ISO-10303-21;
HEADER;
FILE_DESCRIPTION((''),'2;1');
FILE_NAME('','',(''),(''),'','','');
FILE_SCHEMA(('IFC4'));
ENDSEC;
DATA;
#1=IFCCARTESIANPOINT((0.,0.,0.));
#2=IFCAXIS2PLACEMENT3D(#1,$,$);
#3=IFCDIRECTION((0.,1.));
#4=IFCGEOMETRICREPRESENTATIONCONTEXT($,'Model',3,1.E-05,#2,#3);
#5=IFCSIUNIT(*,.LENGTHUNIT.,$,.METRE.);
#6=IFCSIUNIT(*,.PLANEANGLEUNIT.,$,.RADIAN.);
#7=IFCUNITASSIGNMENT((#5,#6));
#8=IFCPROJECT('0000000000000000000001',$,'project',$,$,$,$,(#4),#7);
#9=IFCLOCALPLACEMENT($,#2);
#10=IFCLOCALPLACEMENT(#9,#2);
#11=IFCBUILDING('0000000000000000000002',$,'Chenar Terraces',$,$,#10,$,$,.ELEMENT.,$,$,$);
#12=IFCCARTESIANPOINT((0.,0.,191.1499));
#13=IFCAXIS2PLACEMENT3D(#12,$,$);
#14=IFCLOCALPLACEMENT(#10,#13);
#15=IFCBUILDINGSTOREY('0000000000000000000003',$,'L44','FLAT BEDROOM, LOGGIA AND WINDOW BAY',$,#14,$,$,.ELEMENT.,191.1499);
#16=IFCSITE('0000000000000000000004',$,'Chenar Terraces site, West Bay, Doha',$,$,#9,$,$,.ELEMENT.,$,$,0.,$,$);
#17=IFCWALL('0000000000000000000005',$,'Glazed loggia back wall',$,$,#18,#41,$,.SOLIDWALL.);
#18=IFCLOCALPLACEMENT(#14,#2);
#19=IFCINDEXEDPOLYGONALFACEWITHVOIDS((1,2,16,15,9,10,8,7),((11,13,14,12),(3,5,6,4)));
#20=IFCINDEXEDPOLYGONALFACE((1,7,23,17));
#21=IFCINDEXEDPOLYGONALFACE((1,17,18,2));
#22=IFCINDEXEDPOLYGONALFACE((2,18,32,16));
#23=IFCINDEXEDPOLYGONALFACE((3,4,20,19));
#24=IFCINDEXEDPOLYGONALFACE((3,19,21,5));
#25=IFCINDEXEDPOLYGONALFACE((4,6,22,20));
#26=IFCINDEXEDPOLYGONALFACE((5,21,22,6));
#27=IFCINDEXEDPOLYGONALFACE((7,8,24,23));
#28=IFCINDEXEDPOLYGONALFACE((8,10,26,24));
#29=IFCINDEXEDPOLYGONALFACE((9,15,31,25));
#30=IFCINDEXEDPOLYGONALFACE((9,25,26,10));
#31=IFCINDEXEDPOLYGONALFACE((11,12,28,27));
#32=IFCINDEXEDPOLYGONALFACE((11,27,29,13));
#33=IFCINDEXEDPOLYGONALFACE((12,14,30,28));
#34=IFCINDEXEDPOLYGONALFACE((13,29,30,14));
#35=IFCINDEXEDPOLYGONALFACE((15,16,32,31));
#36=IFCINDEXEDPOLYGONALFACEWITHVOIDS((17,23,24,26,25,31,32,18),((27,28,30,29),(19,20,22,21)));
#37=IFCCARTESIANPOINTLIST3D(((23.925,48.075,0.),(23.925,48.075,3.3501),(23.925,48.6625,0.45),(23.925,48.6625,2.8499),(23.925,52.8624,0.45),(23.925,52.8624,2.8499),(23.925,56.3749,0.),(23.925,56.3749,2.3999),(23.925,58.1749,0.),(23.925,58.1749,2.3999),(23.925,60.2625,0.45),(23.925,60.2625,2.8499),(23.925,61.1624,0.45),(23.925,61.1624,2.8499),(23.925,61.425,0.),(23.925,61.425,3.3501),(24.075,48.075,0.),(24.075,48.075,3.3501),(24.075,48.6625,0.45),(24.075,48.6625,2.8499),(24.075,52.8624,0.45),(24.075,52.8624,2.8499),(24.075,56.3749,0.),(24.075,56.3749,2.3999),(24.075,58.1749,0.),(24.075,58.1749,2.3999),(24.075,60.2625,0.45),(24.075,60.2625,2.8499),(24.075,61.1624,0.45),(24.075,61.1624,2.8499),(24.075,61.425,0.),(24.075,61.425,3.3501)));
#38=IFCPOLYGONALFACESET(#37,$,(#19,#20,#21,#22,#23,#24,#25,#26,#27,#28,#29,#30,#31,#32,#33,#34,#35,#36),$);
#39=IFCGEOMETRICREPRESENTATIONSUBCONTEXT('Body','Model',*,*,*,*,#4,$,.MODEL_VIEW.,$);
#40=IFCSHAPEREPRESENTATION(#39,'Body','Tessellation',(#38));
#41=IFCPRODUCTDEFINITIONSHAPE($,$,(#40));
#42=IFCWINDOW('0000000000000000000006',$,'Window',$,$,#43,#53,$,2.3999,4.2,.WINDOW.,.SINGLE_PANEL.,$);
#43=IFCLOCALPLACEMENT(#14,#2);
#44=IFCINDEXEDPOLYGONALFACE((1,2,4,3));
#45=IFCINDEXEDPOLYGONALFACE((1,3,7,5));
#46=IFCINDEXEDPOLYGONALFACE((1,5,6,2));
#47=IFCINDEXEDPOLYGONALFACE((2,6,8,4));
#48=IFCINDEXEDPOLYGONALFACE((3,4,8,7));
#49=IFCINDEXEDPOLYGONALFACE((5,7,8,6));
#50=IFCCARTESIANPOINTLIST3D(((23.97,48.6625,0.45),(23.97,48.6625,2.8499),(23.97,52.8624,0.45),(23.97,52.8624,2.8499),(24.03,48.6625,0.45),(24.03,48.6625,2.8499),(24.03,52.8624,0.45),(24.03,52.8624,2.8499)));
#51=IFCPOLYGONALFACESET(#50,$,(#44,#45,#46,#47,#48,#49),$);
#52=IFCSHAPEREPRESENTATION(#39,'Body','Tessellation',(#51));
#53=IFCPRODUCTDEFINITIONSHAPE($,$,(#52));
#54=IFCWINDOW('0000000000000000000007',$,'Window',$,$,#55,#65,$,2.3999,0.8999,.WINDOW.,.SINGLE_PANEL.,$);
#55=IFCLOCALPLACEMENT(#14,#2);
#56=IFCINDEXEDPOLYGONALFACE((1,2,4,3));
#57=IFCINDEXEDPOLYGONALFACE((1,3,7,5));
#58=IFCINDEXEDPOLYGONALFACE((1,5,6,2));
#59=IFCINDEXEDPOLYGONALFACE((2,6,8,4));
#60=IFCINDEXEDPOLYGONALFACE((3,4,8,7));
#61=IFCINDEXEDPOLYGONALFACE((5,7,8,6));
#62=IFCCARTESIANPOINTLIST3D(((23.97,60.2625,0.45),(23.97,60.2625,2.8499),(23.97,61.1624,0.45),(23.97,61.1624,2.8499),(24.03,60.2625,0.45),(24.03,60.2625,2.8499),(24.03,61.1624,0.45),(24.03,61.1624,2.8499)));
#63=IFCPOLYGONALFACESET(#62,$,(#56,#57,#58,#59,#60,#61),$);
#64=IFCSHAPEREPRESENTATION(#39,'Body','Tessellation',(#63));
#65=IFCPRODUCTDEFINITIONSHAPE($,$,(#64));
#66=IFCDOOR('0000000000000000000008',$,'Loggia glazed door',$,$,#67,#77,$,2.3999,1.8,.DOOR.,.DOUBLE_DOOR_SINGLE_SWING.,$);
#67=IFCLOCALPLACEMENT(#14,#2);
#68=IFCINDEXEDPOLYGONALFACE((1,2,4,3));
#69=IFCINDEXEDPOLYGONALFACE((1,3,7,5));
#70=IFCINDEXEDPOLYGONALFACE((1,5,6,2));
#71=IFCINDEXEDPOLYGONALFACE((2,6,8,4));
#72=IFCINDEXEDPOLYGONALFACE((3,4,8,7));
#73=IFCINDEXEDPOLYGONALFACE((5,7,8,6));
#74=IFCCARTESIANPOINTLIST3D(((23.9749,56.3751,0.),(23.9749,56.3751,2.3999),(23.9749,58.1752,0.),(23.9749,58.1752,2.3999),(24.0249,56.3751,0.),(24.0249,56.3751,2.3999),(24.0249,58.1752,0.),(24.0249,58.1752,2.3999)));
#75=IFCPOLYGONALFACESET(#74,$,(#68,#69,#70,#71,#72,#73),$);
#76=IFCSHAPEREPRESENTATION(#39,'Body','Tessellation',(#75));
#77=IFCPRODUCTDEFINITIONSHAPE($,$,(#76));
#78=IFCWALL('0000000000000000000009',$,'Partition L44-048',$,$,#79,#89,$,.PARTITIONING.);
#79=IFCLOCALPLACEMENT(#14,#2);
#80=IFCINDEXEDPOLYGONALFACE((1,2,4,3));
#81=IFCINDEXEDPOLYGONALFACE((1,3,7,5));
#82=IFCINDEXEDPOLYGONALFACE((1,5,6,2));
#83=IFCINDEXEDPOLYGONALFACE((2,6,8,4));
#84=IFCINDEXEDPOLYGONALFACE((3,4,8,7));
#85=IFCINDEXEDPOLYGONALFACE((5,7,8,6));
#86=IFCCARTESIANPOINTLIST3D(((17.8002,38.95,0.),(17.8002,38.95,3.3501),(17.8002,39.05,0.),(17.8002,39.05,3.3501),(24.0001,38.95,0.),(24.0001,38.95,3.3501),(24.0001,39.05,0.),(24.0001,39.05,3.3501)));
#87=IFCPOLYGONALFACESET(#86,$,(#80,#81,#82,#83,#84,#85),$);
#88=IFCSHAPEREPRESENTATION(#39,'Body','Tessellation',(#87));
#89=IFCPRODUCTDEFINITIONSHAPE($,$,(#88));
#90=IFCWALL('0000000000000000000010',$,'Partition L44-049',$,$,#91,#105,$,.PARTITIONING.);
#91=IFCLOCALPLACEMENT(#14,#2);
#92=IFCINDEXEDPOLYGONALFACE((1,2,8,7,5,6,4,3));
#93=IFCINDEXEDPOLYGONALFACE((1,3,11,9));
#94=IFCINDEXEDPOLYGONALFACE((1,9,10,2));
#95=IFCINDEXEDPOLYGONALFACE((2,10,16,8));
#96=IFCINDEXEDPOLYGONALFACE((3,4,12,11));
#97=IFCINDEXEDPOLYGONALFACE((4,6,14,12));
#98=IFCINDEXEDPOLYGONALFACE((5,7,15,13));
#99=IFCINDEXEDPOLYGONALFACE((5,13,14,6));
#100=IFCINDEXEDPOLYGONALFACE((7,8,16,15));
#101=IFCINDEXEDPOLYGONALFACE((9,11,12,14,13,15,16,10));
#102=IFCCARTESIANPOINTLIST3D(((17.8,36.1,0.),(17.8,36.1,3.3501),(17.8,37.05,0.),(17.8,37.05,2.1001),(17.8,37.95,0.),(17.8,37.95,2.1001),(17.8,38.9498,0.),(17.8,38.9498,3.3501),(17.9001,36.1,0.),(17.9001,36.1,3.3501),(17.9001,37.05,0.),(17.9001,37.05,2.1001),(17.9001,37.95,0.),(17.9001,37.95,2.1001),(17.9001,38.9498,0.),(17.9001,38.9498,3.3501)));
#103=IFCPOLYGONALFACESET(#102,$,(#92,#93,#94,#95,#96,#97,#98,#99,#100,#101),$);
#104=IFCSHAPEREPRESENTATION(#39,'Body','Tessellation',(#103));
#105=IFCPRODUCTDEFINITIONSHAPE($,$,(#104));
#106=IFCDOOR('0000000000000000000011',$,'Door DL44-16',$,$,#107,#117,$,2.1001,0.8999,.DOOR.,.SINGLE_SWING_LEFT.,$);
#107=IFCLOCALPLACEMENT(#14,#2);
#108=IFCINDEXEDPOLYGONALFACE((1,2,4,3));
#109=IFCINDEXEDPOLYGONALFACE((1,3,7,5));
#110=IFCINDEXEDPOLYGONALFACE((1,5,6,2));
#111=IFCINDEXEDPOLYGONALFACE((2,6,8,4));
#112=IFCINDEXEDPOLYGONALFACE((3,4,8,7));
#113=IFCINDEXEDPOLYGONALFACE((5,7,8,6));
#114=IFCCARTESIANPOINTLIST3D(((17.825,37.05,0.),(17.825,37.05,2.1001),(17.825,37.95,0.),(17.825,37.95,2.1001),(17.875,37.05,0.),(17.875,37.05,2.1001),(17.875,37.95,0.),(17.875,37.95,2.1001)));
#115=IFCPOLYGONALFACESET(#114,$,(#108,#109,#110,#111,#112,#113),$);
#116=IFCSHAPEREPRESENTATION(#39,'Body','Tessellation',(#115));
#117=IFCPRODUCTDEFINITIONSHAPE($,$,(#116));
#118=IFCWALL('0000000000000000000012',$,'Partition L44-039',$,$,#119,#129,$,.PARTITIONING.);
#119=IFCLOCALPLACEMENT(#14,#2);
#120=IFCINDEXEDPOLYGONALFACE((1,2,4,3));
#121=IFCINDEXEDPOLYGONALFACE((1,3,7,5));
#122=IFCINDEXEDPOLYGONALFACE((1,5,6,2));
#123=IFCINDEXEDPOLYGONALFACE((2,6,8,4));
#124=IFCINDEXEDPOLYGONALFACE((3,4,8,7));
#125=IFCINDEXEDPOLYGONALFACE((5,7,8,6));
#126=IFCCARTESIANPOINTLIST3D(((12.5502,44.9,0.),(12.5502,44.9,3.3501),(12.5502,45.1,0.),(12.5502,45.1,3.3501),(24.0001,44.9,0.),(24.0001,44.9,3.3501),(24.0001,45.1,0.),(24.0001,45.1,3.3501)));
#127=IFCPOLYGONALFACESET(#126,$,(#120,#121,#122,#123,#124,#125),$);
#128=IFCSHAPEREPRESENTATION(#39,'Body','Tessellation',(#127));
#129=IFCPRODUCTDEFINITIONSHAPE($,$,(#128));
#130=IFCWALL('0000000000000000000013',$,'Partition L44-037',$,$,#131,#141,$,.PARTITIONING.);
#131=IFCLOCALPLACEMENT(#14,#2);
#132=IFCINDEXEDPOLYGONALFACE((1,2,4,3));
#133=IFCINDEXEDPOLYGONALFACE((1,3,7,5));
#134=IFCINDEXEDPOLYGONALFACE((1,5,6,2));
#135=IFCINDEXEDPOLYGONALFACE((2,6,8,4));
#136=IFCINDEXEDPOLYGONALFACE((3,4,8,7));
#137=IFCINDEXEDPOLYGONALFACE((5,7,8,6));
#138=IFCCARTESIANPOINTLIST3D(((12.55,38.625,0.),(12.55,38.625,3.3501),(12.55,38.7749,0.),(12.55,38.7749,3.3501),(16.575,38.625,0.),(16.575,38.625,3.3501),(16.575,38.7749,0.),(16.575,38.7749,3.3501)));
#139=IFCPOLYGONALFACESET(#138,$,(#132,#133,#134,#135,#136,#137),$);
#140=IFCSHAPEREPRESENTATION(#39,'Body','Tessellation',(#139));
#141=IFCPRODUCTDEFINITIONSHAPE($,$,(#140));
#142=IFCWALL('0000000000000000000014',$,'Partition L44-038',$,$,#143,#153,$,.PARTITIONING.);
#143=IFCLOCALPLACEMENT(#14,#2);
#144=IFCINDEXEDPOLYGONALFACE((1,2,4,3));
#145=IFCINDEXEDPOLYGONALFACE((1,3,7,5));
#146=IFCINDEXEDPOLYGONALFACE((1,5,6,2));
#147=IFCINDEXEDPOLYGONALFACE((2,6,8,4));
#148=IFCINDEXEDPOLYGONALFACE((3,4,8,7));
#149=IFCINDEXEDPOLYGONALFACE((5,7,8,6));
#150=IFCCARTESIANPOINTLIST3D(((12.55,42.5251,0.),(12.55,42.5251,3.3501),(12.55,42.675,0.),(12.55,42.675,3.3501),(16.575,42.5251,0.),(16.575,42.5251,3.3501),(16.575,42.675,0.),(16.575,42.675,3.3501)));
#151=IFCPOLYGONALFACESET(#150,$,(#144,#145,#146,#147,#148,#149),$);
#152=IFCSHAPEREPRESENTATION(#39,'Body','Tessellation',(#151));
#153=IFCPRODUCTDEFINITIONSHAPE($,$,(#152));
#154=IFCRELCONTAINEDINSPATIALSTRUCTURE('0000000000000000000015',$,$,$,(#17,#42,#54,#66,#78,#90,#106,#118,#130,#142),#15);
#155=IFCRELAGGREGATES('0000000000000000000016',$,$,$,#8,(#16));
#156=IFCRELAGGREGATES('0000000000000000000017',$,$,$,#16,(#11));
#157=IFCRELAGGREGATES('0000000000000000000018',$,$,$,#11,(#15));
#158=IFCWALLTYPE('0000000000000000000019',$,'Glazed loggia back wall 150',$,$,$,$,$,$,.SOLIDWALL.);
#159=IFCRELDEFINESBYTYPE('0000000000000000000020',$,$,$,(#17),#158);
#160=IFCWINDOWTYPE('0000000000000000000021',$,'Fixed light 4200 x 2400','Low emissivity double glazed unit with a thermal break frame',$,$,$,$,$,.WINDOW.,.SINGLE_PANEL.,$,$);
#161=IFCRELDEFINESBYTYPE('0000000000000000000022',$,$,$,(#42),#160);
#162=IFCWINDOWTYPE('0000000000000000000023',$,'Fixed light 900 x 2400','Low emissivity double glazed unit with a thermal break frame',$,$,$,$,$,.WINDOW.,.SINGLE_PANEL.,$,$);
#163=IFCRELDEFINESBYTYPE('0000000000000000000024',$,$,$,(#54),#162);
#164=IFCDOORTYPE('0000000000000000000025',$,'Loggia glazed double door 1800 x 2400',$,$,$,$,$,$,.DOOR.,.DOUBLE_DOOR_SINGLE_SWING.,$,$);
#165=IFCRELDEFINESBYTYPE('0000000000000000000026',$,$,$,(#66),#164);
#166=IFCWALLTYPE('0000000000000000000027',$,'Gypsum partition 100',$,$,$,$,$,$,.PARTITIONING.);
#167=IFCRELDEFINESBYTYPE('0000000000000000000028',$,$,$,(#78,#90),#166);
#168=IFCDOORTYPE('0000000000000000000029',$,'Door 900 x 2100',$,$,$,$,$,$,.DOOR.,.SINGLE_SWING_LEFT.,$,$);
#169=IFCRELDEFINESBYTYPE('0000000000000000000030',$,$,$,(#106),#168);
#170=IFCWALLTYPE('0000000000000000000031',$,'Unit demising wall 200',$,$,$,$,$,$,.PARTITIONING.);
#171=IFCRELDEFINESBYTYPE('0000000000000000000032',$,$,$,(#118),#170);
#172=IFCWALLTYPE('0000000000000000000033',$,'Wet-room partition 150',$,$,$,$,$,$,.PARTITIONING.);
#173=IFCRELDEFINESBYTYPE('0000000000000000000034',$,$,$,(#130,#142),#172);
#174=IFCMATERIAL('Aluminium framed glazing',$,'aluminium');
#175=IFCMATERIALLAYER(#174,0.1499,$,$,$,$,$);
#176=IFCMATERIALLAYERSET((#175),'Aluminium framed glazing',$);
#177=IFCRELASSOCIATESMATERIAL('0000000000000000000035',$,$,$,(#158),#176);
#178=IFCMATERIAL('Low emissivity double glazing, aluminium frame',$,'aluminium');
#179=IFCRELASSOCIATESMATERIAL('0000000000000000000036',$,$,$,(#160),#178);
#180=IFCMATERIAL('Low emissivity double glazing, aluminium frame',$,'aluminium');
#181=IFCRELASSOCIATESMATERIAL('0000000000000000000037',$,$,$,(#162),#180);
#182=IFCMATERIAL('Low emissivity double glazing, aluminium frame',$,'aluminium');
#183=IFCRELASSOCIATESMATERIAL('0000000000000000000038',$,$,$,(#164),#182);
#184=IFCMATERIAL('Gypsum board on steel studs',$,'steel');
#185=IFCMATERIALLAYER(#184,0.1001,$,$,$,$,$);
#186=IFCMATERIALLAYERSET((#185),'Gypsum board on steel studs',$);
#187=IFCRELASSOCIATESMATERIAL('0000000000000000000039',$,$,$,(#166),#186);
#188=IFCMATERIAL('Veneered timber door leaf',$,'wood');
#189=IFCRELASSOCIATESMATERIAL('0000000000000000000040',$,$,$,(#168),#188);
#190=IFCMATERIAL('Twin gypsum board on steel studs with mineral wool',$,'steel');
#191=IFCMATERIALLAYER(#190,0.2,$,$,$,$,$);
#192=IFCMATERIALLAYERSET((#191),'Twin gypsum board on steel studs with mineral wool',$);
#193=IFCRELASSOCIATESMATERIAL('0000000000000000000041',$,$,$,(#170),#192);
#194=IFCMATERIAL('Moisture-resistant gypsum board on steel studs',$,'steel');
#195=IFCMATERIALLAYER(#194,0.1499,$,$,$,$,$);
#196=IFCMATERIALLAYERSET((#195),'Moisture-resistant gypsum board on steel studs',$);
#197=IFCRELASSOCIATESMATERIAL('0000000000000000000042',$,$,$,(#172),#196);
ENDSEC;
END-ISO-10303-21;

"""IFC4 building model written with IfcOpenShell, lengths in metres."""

from ifc_helpers import new_model, si_unit, direction, frame, frame_2d, origin, place, context, subcontext, project, spatial, rectangle, extrude, material, layer, layer_set, type_object, element, fill, save


model = new_model("IFC4")

# Units and contexts
model_context = context("Model", 3, precision=1e-05, world=origin(), true_north=direction((0.0, 1.0)))
body_context = subcontext(model_context, "Body", "Model", "MODEL_VIEW")
ifc_project = project(units=[si_unit("LENGTHUNIT", "METRE"), si_unit("PLANEANGLEUNIT", "RADIAN")], contexts=[model_context])

# Site, building, storey
site_placement = place(None, origin())
site = spatial("IfcSite", under=ifc_project, at=site_placement, Name="Chenar Terraces site, West Bay, Doha", CompositionType="ELEMENT", RefElevation=0.0)
building_placement = place(site_placement, origin())
building = spatial("IfcBuilding", under=site, at=building_placement, Name="Chenar Terraces", CompositionType="ELEMENT")
storey_placement = place(building_placement, frame((0.0, 0.0, 191.1499)))
storey = spatial("IfcBuildingStorey", under=building, at=storey_placement, Name="L44", Description="FLAT BEDROOM, LOGGIA AND WINDOW BAY", CompositionType="ELEMENT", Elevation=191.1499)

# Wall, openings, windows, door
ifc_material_1 = material(Name="Aluminium framed glazing", Category="aluminium")
ifc_layer_1 = layer(ifc_material_1, 0.1499)
ifc_layer_set_1 = layer_set([ifc_layer_1], Name="Aluminium framed glazing")
wall_type_1 = type_object("IfcWallType", Name="Glazed loggia back wall 150", PredefinedType="SOLIDWALL", material=ifc_layer_set_1)
wall_1_placement = place(storey_placement, frame((24.0, 48.075, 0.0), z_axis=(0.0, 0.0, 1.0), x_axis=(0.0, 1.0, 0.0)))
wall_1 = element("IfcWall", 1, at=wall_1_placement, inside=storey, type_object=wall_type_1, Name="Glazed loggia back wall", PredefinedType="SOLIDWALL", context=body_context, shape_type="SweptSolid", body=[
    extrude(rectangle(XDim=13.3501, YDim=0.1499, at=frame_2d((6.675, 0.0))), origin(), (0.0, 0.0, 1.0), 3.3501),
])
opening_1_placement = place(wall_1_placement, frame((0.5874, 0.0, 0.45)))
opening_1 = element("IfcOpeningElement", 2, at=opening_1_placement, cuts=wall_1, PredefinedType="OPENING", context=body_context, shape_type="SweptSolid", body=[
    extrude(rectangle(XDim=4.2, YDim=2.3999, at=frame_2d((2.1001, 1.2))), frame((0.0, 0.085, 0.0), z_axis=(0.0, -1.0, 0.0), x_axis=(1.0, 0.0, 0.0)), (0.0, 0.0, 1.0), 0.1699),
])
opening_2_placement = place(wall_1_placement, frame((8.3, 0.0, 0.0)))
opening_2 = element("IfcOpeningElement", 3, at=opening_2_placement, cuts=wall_1, PredefinedType="OPENING", context=body_context, shape_type="SweptSolid", body=[
    extrude(rectangle(XDim=1.8, YDim=2.3999, at=frame_2d((0.8999, 1.2))), frame((0.0, 0.085, 0.0), z_axis=(0.0, -1.0, 0.0), x_axis=(1.0, 0.0, 0.0)), (0.0, 0.0, 1.0), 0.1699),
])
opening_3_placement = place(wall_1_placement, frame((12.1875, 0.0, 0.45)))
opening_3 = element("IfcOpeningElement", 4, at=opening_3_placement, cuts=wall_1, PredefinedType="OPENING", context=body_context, shape_type="SweptSolid", body=[
    extrude(rectangle(XDim=0.8999, YDim=2.3999, at=frame_2d((0.45, 1.2))), frame((0.0, 0.085, 0.0), z_axis=(0.0, -1.0, 0.0), x_axis=(1.0, 0.0, 0.0)), (0.0, 0.0, 1.0), 0.1699),
])
ifc_material_2 = material(Name="Low emissivity double glazing, aluminium frame", Category="aluminium")
window_type_1 = type_object("IfcWindowType", Name="Fixed light 4200 x 2400", Description="Low emissivity double glazed unit with a thermal break frame", PartitioningType="SINGLE_PANEL", PredefinedType="WINDOW", material=ifc_material_2)
window_1_placement = place(opening_1_placement, origin())
window_1 = element("IfcWindow", 5, at=window_1_placement, inside=storey, type_object=window_type_1, Name="Window", OverallHeight=2.3999, OverallWidth=4.2, PartitioningType="SINGLE_PANEL", PredefinedType="WINDOW", context=body_context, shape_type="SweptSolid", body=[
    extrude(rectangle(XDim=4.2, YDim=2.3999, at=frame_2d((2.1001, 1.2))), frame((0.0, 0.03, 0.0), z_axis=(0.0, -1.0, 0.0), x_axis=(1.0, 0.0, 0.0)), (0.0, 0.0, 1.0), 0.0601),
])
fill(opening_1, window_1)
ifc_material_3 = material(Name="Low emissivity double glazing, aluminium frame", Category="aluminium")
window_type_2 = type_object("IfcWindowType", Name="Fixed light 900 x 2400", Description="Low emissivity double glazed unit with a thermal break frame", PartitioningType="SINGLE_PANEL", PredefinedType="WINDOW", material=ifc_material_3)
window_2_placement = place(opening_3_placement, origin())
window_2 = element("IfcWindow", 6, at=window_2_placement, inside=storey, type_object=window_type_2, Name="Window", OverallHeight=2.3999, OverallWidth=0.8999, PartitioningType="SINGLE_PANEL", PredefinedType="WINDOW", context=body_context, shape_type="SweptSolid", body=[
    extrude(rectangle(XDim=0.8999, YDim=2.3999, at=frame_2d((0.45, 1.2))), frame((0.0, 0.03, 0.0), z_axis=(0.0, -1.0, 0.0), x_axis=(1.0, 0.0, 0.0)), (0.0, 0.0, 1.0), 0.0601),
])
fill(opening_3, window_2)
ifc_material_4 = material(Name="Low emissivity double glazing, aluminium frame", Category="aluminium")
door_type_1 = type_object("IfcDoorType", Name="Loggia glazed double door 1800 x 2400", OperationType="DOUBLE_DOOR_SINGLE_SWING", PredefinedType="DOOR", material=ifc_material_4)
door_1_placement = place(opening_2_placement, frame((1.8, 0.0, 0.0), z_axis=(0.0, 0.0, 1.0), x_axis=(-1.0, 0.0, 0.0)))
door_1 = element("IfcDoor", 7, at=door_1_placement, inside=storey, type_object=door_type_1, Name="Loggia glazed door", OperationType="DOUBLE_DOOR_SINGLE_SWING", OverallHeight=2.3999, OverallWidth=1.8, PredefinedType="DOOR", context=body_context, shape_type="SweptSolid", body=[
    extrude(rectangle(XDim=1.8, YDim=2.3999, at=frame_2d((0.8999, 1.2))), frame((0.0, 0.0249, 0.0), z_axis=(0.0, -1.0, 0.0), x_axis=(1.0, 0.0, 0.0)), (0.0, 0.0, 1.0), 0.05),
])
fill(opening_2, door_1)

# Wall
ifc_material_5 = material(Name="Gypsum board on steel studs", Category="steel")
ifc_layer_2 = layer(ifc_material_5, 0.1001)
ifc_layer_set_2 = layer_set([ifc_layer_2], Name="Gypsum board on steel studs")
wall_type_2 = type_object("IfcWallType", Name="Gypsum partition 100", PredefinedType="PARTITIONING", material=ifc_layer_set_2)
wall_2_placement = place(storey_placement, frame((17.8, 39.0, 0.0), z_axis=(0.0, 0.0, 1.0), x_axis=(1.0, 0.0, 0.0)))
element("IfcWall", 8, at=wall_2_placement, inside=storey, type_object=wall_type_2, Name="Partition L44-048", PredefinedType="PARTITIONING", context=body_context, shape_type="SweptSolid", body=[
    extrude(rectangle(XDim=6.2, YDim=0.1001, at=frame_2d((3.1001, 0.0))), origin(), (0.0, 0.0, 1.0), 3.3501),
])

# Wall, opening, door
wall_3_placement = place(storey_placement, frame((17.8501, 36.1001, 0.0), z_axis=(0.0, 0.0, 1.0), x_axis=(0.0, 1.0, 0.0)))
wall_3 = element("IfcWall", 9, at=wall_3_placement, inside=storey, type_object=wall_type_2, Name="Partition L44-049", PredefinedType="PARTITIONING", context=body_context, shape_type="SweptSolid", body=[
    extrude(rectangle(XDim=2.8499, YDim=0.1001, at=frame_2d((1.4248, 0.0))), origin(), (0.0, 0.0, 1.0), 3.3501),
])
opening_4_placement = place(wall_3_placement, frame((0.95, 0.0, 0.0)))
opening_4 = element("IfcOpeningElement", 10, at=opening_4_placement, cuts=wall_3, PredefinedType="OPENING", context=body_context, shape_type="SweptSolid", body=[
    extrude(rectangle(XDim=0.8999, YDim=2.1001, at=frame_2d((0.45, 1.05))), frame((0.0, 0.0601, 0.0), z_axis=(0.0, -1.0, 0.0), x_axis=(1.0, 0.0, 0.0)), (0.0, 0.0, 1.0), 0.1201),
])
ifc_material_6 = material(Name="Veneered timber door leaf", Category="wood")
door_type_2 = type_object("IfcDoorType", Name="Door 900 x 2100", OperationType="SINGLE_SWING_LEFT", PredefinedType="DOOR", material=ifc_material_6)
door_2_placement = place(opening_4_placement, frame((0.8999, 0.0, 0.0), z_axis=(0.0, 0.0, 1.0), x_axis=(-1.0, 0.0, 0.0)))
door_2 = element("IfcDoor", 11, at=door_2_placement, inside=storey, type_object=door_type_2, Name="Door DL44-16", OperationType="SINGLE_SWING_LEFT", OverallHeight=2.1001, OverallWidth=0.8999, PredefinedType="DOOR", context=body_context, shape_type="SweptSolid", body=[
    extrude(rectangle(XDim=0.8999, YDim=2.1001, at=frame_2d((0.45, 1.05))), frame((0.0, 0.0249, 0.0), z_axis=(0.0, -1.0, 0.0), x_axis=(1.0, 0.0, 0.0)), (0.0, 0.0, 1.0), 0.05),
])
fill(opening_4, door_2)

# Walls
ifc_material_7 = material(Name="Twin gypsum board on steel studs with mineral wool", Category="steel")
ifc_layer_3 = layer(ifc_material_7, 0.2)
ifc_layer_set_3 = layer_set([ifc_layer_3], Name="Twin gypsum board on steel studs with mineral wool")
wall_type_3 = type_object("IfcWallType", Name="Unit demising wall 200", PredefinedType="PARTITIONING", material=ifc_layer_set_3)
wall_4_placement = place(storey_placement, frame((12.55, 45.0, 0.0), z_axis=(0.0, 0.0, 1.0), x_axis=(1.0, 0.0, 0.0)))
element("IfcWall", 12, at=wall_4_placement, inside=storey, type_object=wall_type_3, Name="Partition L44-039", PredefinedType="PARTITIONING", context=body_context, shape_type="SweptSolid", body=[
    extrude(rectangle(XDim=11.45, YDim=0.2, at=frame_2d((5.7251, 0.0))), origin(), (0.0, 0.0, 1.0), 3.3501),
])
ifc_material_8 = material(Name="Moisture-resistant gypsum board on steel studs", Category="steel")
ifc_layer_4 = layer(ifc_material_8, 0.1499)
ifc_layer_set_4 = layer_set([ifc_layer_4], Name="Moisture-resistant gypsum board on steel studs")
wall_type_4 = type_object("IfcWallType", Name="Wet-room partition 150", PredefinedType="PARTITIONING", material=ifc_layer_set_4)
for number, where, z_axis, x_axis, name in (
    (13, (12.55, 38.7, 0.0), (0.0, 0.0, 1.0), (1.0, 0.0, 0.0), "Partition L44-037"),
    (14, (12.55, 42.6001, 0.0), (0.0, 0.0, 1.0), (1.0, 0.0, 0.0), "Partition L44-038"),
):
    element("IfcWall", number, at=place(storey_placement, frame(where, z_axis=z_axis, x_axis=x_axis)), inside=storey, type_object=wall_type_4, Name=name, PredefinedType="PARTITIONING", context=body_context, shape_type="SweptSolid", body=[
        extrude(rectangle(XDim=4.0249, YDim=0.1499, at=frame_2d((2.0125, 0.0))), origin(), (0.0, 0.0, 1.0), 3.3501),
    ])

save(model, "model.ifc")
